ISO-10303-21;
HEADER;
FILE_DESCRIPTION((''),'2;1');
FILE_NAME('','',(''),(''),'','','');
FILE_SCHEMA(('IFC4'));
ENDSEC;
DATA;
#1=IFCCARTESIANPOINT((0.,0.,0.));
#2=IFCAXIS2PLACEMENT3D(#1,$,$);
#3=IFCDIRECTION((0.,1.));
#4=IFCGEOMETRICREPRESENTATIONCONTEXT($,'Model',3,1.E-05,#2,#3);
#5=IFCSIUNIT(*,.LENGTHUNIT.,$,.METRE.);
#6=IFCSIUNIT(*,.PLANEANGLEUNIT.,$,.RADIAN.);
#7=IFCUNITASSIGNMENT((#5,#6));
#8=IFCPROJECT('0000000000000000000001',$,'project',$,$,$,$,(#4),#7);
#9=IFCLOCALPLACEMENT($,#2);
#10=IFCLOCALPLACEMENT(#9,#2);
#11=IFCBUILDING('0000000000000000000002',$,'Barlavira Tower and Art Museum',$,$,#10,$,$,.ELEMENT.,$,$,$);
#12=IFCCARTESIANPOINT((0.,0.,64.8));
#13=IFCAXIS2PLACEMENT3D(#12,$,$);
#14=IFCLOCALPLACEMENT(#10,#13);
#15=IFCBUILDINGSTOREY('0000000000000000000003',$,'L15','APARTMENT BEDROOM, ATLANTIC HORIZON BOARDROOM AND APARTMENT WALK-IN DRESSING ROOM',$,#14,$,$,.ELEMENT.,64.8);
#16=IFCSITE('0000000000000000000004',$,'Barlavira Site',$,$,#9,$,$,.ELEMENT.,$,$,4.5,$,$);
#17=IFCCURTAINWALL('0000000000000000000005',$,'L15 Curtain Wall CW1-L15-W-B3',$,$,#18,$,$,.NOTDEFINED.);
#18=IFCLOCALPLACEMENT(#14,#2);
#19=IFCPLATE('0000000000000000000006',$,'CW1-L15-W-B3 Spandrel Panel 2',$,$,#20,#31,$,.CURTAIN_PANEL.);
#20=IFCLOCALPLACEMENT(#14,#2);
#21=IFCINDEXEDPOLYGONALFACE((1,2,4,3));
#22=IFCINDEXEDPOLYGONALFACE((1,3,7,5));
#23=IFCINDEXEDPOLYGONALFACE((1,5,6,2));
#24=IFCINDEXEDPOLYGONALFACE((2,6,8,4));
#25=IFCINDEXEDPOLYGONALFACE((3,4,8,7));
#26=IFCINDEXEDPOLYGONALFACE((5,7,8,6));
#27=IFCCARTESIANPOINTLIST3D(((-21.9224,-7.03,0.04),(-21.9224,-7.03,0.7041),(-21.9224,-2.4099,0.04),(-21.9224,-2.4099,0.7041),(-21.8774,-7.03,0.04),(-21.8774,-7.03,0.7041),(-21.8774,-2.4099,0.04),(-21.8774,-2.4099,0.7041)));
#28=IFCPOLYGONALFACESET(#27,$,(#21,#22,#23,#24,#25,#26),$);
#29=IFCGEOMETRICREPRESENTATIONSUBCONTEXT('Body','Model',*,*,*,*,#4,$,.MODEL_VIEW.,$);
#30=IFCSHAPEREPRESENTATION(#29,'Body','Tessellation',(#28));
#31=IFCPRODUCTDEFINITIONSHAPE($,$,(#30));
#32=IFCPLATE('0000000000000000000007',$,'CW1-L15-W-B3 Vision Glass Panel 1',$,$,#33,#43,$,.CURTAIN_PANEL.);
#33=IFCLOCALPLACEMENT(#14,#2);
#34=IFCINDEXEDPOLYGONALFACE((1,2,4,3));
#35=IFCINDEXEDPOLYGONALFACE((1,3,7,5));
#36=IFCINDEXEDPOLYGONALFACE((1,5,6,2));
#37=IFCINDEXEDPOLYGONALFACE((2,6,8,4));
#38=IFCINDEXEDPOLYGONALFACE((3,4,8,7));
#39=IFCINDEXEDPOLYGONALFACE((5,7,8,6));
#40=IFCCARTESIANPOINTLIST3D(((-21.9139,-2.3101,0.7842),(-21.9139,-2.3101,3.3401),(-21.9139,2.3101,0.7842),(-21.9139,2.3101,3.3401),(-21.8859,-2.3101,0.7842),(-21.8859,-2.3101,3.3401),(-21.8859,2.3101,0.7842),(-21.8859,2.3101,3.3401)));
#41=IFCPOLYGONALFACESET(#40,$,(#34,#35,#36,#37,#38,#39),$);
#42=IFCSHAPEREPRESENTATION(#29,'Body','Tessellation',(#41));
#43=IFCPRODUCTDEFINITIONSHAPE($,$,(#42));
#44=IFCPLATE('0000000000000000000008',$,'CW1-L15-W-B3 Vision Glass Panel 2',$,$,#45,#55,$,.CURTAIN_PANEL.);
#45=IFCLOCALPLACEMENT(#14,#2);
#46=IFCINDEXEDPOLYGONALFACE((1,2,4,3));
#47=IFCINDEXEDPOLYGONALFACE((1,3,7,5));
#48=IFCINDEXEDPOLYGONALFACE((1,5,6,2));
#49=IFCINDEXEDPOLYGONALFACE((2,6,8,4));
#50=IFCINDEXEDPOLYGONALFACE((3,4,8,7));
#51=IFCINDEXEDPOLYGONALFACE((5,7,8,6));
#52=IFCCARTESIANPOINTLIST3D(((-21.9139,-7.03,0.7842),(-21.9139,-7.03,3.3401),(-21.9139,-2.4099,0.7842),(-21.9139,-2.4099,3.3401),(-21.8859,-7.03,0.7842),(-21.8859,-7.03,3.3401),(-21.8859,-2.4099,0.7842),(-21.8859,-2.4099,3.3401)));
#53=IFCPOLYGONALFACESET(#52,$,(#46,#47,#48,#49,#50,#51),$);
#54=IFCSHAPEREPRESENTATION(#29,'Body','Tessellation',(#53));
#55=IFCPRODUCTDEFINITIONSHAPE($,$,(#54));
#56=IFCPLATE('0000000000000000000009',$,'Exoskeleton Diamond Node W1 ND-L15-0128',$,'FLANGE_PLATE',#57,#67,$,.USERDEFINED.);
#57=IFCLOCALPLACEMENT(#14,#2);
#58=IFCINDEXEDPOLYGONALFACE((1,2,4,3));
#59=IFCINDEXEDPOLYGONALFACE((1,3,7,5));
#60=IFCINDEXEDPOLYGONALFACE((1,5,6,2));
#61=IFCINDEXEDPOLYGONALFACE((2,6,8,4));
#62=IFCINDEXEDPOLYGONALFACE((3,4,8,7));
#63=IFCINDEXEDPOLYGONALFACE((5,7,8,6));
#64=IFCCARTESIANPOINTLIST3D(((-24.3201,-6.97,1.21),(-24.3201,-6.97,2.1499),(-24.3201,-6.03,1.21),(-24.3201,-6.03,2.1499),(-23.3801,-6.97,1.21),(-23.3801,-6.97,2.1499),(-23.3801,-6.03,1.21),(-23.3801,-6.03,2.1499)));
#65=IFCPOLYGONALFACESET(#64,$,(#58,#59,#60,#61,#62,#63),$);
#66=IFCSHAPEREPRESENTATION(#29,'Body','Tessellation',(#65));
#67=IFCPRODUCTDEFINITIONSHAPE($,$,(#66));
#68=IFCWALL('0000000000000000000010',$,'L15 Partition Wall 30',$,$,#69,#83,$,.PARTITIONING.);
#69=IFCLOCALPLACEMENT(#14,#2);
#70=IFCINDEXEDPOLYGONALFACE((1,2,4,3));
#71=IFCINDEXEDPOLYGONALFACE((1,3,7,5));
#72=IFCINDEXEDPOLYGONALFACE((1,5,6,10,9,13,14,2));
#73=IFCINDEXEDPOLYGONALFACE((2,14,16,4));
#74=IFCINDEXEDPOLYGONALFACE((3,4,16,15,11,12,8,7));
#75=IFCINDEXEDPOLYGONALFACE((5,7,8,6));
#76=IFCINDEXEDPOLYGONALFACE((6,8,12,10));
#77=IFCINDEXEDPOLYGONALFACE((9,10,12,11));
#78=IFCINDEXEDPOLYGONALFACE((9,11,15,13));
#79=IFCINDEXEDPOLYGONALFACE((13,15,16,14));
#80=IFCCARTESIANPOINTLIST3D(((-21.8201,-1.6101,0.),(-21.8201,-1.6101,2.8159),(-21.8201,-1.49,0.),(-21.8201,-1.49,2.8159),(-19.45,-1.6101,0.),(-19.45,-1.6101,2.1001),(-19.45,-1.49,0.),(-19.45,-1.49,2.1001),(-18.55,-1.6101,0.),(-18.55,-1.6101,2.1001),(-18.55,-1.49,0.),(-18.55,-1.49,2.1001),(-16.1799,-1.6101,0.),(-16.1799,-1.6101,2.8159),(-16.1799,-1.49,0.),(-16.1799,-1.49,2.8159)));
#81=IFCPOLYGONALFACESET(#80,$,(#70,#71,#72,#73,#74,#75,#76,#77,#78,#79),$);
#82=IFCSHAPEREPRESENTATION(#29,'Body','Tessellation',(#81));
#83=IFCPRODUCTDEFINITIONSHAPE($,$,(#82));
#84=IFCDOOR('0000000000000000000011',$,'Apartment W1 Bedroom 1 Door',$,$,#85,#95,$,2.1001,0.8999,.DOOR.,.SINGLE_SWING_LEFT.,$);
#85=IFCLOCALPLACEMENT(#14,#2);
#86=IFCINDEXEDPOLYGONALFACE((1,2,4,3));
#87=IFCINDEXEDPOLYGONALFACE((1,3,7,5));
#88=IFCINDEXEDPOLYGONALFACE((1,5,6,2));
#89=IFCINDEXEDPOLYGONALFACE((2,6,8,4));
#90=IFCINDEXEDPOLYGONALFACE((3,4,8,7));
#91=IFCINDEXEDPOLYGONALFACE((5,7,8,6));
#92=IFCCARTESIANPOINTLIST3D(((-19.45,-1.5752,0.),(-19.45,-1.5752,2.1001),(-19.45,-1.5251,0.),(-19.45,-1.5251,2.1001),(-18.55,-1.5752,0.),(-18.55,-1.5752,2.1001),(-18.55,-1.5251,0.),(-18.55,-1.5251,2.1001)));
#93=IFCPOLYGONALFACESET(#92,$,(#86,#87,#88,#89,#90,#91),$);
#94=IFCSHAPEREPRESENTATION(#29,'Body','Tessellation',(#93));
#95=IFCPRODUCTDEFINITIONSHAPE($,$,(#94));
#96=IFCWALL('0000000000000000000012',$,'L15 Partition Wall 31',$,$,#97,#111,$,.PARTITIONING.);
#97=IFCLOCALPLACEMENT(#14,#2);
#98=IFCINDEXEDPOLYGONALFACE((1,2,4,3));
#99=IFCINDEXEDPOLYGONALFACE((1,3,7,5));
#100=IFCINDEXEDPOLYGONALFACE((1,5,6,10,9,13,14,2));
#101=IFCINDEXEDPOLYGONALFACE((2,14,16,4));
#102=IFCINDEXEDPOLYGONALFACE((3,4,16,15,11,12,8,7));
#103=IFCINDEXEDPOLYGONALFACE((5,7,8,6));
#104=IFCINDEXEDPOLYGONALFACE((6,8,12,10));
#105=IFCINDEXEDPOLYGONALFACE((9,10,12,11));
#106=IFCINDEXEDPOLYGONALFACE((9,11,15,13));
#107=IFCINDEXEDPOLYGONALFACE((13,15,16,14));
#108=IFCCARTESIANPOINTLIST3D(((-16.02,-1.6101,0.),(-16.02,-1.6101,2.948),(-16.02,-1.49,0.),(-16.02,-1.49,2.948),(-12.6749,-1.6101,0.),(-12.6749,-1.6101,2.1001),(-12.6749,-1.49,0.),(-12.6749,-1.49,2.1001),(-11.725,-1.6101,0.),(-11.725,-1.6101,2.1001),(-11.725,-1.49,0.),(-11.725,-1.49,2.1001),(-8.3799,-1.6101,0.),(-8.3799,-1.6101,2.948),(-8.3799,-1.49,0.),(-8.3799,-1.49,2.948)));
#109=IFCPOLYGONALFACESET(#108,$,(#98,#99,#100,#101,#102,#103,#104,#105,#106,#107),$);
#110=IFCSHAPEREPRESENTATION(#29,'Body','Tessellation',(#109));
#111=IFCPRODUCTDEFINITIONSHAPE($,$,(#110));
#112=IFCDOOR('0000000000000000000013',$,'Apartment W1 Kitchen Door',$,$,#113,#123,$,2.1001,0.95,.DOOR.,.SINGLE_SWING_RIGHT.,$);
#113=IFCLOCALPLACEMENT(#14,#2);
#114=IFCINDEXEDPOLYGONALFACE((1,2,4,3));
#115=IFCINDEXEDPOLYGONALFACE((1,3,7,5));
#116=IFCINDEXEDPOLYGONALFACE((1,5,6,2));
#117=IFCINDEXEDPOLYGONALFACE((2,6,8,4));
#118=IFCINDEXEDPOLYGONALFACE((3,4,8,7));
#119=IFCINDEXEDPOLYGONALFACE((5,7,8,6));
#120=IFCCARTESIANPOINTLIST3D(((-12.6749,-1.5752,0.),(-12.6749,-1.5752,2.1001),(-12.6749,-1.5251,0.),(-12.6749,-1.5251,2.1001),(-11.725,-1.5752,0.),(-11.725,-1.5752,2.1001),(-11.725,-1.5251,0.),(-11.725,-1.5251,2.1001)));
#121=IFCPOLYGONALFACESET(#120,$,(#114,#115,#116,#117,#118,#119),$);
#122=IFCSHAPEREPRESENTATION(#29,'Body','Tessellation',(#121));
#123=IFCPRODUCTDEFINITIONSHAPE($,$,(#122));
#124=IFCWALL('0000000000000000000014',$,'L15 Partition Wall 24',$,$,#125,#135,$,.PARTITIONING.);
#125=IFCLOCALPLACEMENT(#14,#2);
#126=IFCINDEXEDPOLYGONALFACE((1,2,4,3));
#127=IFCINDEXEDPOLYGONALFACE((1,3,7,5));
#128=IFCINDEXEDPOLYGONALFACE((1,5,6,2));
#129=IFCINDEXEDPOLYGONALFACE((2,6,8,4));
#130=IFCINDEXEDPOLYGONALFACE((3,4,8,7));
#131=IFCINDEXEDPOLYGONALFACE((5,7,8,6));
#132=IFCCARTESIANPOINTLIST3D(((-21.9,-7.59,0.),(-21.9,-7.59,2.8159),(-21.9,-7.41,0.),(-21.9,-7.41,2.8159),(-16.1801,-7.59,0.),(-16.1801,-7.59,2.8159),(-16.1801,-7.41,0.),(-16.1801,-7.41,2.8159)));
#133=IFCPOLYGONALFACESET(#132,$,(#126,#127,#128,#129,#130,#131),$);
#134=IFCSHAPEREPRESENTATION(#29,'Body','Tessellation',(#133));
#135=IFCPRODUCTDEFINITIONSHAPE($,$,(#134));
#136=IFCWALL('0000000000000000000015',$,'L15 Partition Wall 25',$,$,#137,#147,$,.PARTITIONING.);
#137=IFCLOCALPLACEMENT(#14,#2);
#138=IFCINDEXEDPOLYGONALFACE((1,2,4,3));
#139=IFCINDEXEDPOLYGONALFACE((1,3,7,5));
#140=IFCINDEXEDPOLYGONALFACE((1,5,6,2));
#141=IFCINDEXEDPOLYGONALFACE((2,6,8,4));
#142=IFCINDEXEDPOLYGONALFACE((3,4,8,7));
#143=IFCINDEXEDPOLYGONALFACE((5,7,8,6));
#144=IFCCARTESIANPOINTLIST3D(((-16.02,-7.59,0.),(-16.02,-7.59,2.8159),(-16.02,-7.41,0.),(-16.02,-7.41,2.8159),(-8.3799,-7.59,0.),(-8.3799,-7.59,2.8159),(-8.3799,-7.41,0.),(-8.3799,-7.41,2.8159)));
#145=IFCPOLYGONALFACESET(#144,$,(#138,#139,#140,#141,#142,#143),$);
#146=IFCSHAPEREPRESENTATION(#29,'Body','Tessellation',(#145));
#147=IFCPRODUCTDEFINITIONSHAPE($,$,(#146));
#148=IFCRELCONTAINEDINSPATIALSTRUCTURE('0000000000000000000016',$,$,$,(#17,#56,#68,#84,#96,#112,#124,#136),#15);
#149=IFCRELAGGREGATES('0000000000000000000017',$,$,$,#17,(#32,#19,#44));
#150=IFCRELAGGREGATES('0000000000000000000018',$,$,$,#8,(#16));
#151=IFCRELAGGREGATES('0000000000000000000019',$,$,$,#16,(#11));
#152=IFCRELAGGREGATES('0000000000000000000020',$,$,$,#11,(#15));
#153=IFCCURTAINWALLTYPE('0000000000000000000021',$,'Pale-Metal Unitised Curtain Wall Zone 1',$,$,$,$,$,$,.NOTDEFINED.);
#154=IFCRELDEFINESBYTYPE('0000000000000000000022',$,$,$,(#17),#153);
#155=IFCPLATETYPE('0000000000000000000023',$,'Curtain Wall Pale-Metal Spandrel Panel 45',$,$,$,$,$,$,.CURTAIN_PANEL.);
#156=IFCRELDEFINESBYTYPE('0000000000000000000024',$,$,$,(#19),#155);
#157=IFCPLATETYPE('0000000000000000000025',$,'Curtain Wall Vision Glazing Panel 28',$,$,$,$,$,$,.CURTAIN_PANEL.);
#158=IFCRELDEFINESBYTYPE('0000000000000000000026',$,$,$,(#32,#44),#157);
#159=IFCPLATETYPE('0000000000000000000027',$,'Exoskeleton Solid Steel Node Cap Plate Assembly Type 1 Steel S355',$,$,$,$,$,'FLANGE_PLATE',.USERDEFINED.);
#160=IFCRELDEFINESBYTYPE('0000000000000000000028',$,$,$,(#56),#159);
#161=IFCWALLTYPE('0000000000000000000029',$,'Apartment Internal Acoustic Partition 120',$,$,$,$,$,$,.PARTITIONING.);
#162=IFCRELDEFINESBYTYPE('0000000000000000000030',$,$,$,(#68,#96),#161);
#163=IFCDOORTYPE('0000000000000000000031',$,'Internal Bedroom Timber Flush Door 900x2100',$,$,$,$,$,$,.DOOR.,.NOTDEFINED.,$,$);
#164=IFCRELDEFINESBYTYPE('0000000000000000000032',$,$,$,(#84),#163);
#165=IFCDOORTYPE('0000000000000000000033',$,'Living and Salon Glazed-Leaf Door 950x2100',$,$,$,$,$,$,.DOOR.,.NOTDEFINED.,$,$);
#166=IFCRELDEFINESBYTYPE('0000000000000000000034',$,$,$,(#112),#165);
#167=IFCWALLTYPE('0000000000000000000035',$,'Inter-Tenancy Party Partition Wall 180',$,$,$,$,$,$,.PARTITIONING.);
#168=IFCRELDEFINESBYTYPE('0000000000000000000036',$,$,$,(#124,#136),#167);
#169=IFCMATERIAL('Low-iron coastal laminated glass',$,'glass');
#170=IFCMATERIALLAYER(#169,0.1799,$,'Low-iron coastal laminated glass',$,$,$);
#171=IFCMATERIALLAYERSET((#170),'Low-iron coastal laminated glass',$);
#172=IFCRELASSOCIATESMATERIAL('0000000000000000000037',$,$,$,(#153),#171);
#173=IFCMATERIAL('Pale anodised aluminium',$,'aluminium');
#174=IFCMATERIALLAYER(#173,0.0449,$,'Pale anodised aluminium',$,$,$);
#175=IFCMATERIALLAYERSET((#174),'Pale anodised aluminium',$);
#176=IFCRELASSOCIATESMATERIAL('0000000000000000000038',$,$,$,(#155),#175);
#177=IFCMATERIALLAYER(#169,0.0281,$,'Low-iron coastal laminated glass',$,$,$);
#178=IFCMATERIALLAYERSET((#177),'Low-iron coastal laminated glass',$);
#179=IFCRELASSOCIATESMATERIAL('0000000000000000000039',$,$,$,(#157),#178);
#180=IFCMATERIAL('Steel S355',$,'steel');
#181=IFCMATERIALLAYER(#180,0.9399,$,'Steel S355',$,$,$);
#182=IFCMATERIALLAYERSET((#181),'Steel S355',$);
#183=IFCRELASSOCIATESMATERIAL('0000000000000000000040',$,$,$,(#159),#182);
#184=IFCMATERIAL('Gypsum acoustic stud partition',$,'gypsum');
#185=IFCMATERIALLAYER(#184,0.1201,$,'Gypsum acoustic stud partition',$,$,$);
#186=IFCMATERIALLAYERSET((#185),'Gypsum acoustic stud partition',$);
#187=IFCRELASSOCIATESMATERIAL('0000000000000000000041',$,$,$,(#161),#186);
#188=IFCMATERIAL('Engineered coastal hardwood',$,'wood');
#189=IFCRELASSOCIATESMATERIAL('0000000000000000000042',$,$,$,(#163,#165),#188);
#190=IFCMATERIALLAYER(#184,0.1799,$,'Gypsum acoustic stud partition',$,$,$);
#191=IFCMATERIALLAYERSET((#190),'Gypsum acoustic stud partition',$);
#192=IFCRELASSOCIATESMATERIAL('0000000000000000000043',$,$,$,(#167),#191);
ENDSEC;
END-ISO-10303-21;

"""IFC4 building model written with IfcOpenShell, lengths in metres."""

from ifc_helpers import new_model, si_unit, direction, frame, frame_2d, origin, origin_2d, place, context, subcontext, project, spatial, rectangle, extrude, material, layer, layer_set, type_object, element, fill, aggregate, save


model = new_model("IFC4")

# Units and contexts
model_context = context("Model", 3, precision=1e-05, world=origin(), true_north=direction((0.0, 1.0)))
body_context = subcontext(model_context, "Body", "Model", "MODEL_VIEW")
ifc_project = project(units=[si_unit("LENGTHUNIT", "METRE"), si_unit("PLANEANGLEUNIT", "RADIAN")], contexts=[model_context])

# Site, building, storey
site_placement = place(None, origin())
site = spatial("IfcSite", under=ifc_project, at=site_placement, Name="Barlavira Site", CompositionType="ELEMENT", RefElevation=4.5)
building_placement = place(site_placement, origin())
building = spatial("IfcBuilding", under=site, at=building_placement, Name="Barlavira Tower and Art Museum", CompositionType="ELEMENT")
storey_placement = place(building_placement, frame((0.0, 0.0, 64.8)))
storey = spatial("IfcBuildingStorey", under=building, at=storey_placement, Name="L15", Description="APARTMENT BEDROOM, ATLANTIC HORIZON BOARDROOM AND APARTMENT WALK-IN DRESSING ROOM", CompositionType="ELEMENT", Elevation=64.8)

# Curtain wall
ifc_material_1 = material(Name="Low-iron coastal laminated glass", Category="glass")
ifc_layer_1 = layer(ifc_material_1, 0.1799, Name="Low-iron coastal laminated glass")
ifc_layer_set_1 = layer_set([ifc_layer_1], Name="Low-iron coastal laminated glass")
curtain_wall_type = type_object("IfcCurtainWallType", Name="Pale-Metal Unitised Curtain Wall Zone 1", PredefinedType="NOTDEFINED", material=ifc_layer_set_1)
curtain_wall_placement = place(storey_placement, origin())
curtain_wall = element("IfcCurtainWall", 1, at=curtain_wall_placement, inside=storey, type_object=curtain_wall_type, Name="L15 Curtain Wall CW1-L15-W-B3", PredefinedType="NOTDEFINED")
ifc_material_2 = material(Name="Pale anodised aluminium", Category="aluminium")

# Shared definitions
ifc_material_3 = material(Name="Steel S355", Category="steel")

# Plates
ifc_layer_2 = layer(ifc_material_2, 0.0449, Name="Pale anodised aluminium")
ifc_layer_set_2 = layer_set([ifc_layer_2], Name="Pale anodised aluminium")
plate_type_1 = type_object("IfcPlateType", Name="Curtain Wall Pale-Metal Spandrel Panel 45", PredefinedType="CURTAIN_PANEL", material=ifc_layer_set_2)
plate_1_placement = place(storey_placement, frame((-21.8999, -4.72, 0.04), z_axis=(0.0, 0.0, 1.0), x_axis=(0.0, -1.0, 0.0)))
plate_1 = element("IfcPlate", 2, at=plate_1_placement, type_object=plate_type_1, Name="CW1-L15-W-B3 Spandrel Panel 2", PredefinedType="CURTAIN_PANEL", context=body_context, shape_type="SweptSolid", body=[
    extrude(rectangle(XDim=4.6201, YDim=0.0449, at=origin_2d()), origin(), (0.0, 0.0, 1.0), 0.6641),
])
ifc_layer_3 = layer(ifc_material_1, 0.0281, Name="Low-iron coastal laminated glass")
ifc_layer_set_3 = layer_set([ifc_layer_3], Name="Low-iron coastal laminated glass")
plate_type_2 = type_object("IfcPlateType", Name="Curtain Wall Vision Glazing Panel 28", PredefinedType="CURTAIN_PANEL", material=ifc_layer_set_3)
plate_2_placement = place(storey_placement, frame((-21.8999, 0.0, 0.7842), z_axis=(0.0, 0.0, 1.0), x_axis=(0.0, -1.0, 0.0)))
plate_2 = element("IfcPlate", 3, at=plate_2_placement, type_object=plate_type_2, Name="CW1-L15-W-B3 Vision Glass Panel 1", PredefinedType="CURTAIN_PANEL", context=body_context, shape_type="SweptSolid", body=[
    extrude(rectangle(XDim=4.6201, YDim=0.0281, at=origin_2d()), origin(), (0.0, 0.0, 1.0), 2.5559),
])
plate_3_placement = place(storey_placement, frame((-21.8999, -4.72, 0.7842), z_axis=(0.0, 0.0, 1.0), x_axis=(0.0, -1.0, 0.0)))
plate_3 = element("IfcPlate", 4, at=plate_3_placement, type_object=plate_type_2, Name="CW1-L15-W-B3 Vision Glass Panel 2", PredefinedType="CURTAIN_PANEL", context=body_context, shape_type="SweptSolid", body=[
    extrude(rectangle(XDim=4.6201, YDim=0.0281, at=origin_2d()), origin(), (0.0, 0.0, 1.0), 2.5559),
])
aggregate(curtain_wall, [plate_2, plate_1, plate_3])
ifc_layer_4 = layer(ifc_material_3, 0.9399, Name="Steel S355")
ifc_layer_set_4 = layer_set([ifc_layer_4], Name="Steel S355")
plate_type_3 = type_object("IfcPlateType", Name="Exoskeleton Solid Steel Node Cap Plate Assembly Type 1 Steel S355", ElementType="FLANGE_PLATE", PredefinedType="USERDEFINED", material=ifc_layer_set_4)
plate_4_placement = place(storey_placement, frame((-23.8501, -6.5, 1.21), z_axis=(0.0, 0.0, 1.0), x_axis=(1.0, 0.0, 0.0)))
element("IfcPlate", 5, at=plate_4_placement, inside=storey, type_object=plate_type_3, Name="Exoskeleton Diamond Node W1 ND-L15-0128", ObjectType="FLANGE_PLATE", PredefinedType="USERDEFINED", context=body_context, shape_type="SweptSolid", body=[
    extrude(rectangle(XDim=0.9399, YDim=0.9399, at=origin_2d()), origin(), (0.0, 0.0, 1.0), 0.9399),
])

# Walls, openings, doors
ifc_material_4 = material(Name="Gypsum acoustic stud partition", Category="gypsum")
ifc_layer_5 = layer(ifc_material_4, 0.1201, Name="Gypsum acoustic stud partition")
ifc_layer_set_5 = layer_set([ifc_layer_5], Name="Gypsum acoustic stud partition")
wall_type_1 = type_object("IfcWallType", Name="Apartment Internal Acoustic Partition 120", PredefinedType="PARTITIONING", material=ifc_layer_set_5)
wall_1_placement = place(storey_placement, frame((-21.8201, -1.55, 0.0), z_axis=(0.0, 0.0, 1.0), x_axis=(1.0, 0.0, 0.0)))
wall_1 = element("IfcWall", 6, at=wall_1_placement, inside=storey, type_object=wall_type_1, Name="L15 Partition Wall 30", PredefinedType="PARTITIONING", context=body_context, shape_type="SweptSolid", body=[
    extrude(rectangle(XDim=5.6401, YDim=0.1201, at=frame_2d((2.8201, 0.0))), origin(), (0.0, 0.0, 1.0), 2.8159),
])
opening_1_placement = place(wall_1_placement, frame((2.3701, 0.0, 0.0)))
opening_1 = element("IfcOpeningElement", 7, at=opening_1_placement, cuts=wall_1, PredefinedType="OPENING", context=body_context, shape_type="SweptSolid", body=[
    extrude(rectangle(XDim=0.8999, YDim=2.1001, at=frame_2d((0.45, 1.05))), frame((0.0, 0.0701, 0.0), z_axis=(0.0, -1.0, 0.0), x_axis=(1.0, 0.0, 0.0)), (0.0, 0.0, 1.0), 0.1401),
])
ifc_material_5 = material(Name="Engineered coastal hardwood", Category="wood")
door_type_1 = type_object("IfcDoorType", Name="Internal Bedroom Timber Flush Door 900x2100", OperationType="NOTDEFINED", PredefinedType="DOOR", material=ifc_material_5)
door_1_placement = place(opening_1_placement, origin())
door_1 = element("IfcDoor", 8, at=door_1_placement, inside=storey, type_object=door_type_1, Name="Apartment W1 Bedroom 1 Door", OperationType="SINGLE_SWING_LEFT", OverallHeight=2.1001, OverallWidth=0.8999, PredefinedType="DOOR", context=body_context, shape_type="SweptSolid", body=[
    extrude(rectangle(XDim=0.8999, YDim=2.1001, at=frame_2d((0.45, 1.05))), frame((0.0, 0.0249, 0.0), z_axis=(0.0, -1.0, 0.0), x_axis=(1.0, 0.0, 0.0)), (0.0, 0.0, 1.0), 0.05),
])
fill(opening_1, door_1)
wall_2_placement = place(storey_placement, frame((-16.02, -1.55, 0.0), z_axis=(0.0, 0.0, 1.0), x_axis=(1.0, 0.0, 0.0)))
wall_2 = element("IfcWall", 9, at=wall_2_placement, inside=storey, type_object=wall_type_1, Name="L15 Partition Wall 31", PredefinedType="PARTITIONING", context=body_context, shape_type="SweptSolid", body=[
    extrude(rectangle(XDim=7.6401, YDim=0.1201, at=frame_2d((3.8201, 0.0))), origin(), (0.0, 0.0, 1.0), 2.948),
])
opening_2_placement = place(wall_2_placement, frame((3.345, 0.0, 0.0)))
opening_2 = element("IfcOpeningElement", 10, at=opening_2_placement, cuts=wall_2, PredefinedType="OPENING", context=body_context, shape_type="SweptSolid", body=[
    extrude(rectangle(XDim=0.95, YDim=2.1001, at=frame_2d((0.4751, 1.05))), frame((0.0, 0.0701, 0.0), z_axis=(0.0, -1.0, 0.0), x_axis=(1.0, 0.0, 0.0)), (0.0, 0.0, 1.0), 0.1401),
])
door_type_2 = type_object("IfcDoorType", Name="Living and Salon Glazed-Leaf Door 950x2100", OperationType="NOTDEFINED", PredefinedType="DOOR", material=ifc_material_5)
door_2_placement = place(opening_2_placement, origin())
door_2 = element("IfcDoor", 11, at=door_2_placement, inside=storey, type_object=door_type_2, Name="Apartment W1 Kitchen Door", OperationType="SINGLE_SWING_RIGHT", OverallHeight=2.1001, OverallWidth=0.95, PredefinedType="DOOR", context=body_context, shape_type="SweptSolid", body=[
    extrude(rectangle(XDim=0.95, YDim=2.1001, at=frame_2d((0.4751, 1.05))), frame((0.0, 0.0249, 0.0), z_axis=(0.0, -1.0, 0.0), x_axis=(1.0, 0.0, 0.0)), (0.0, 0.0, 1.0), 0.05),
])
fill(opening_2, door_2)

# Walls
ifc_layer_6 = layer(ifc_material_4, 0.1799, Name="Gypsum acoustic stud partition")
ifc_layer_set_6 = layer_set([ifc_layer_6], Name="Gypsum acoustic stud partition")
wall_type_2 = type_object("IfcWallType", Name="Inter-Tenancy Party Partition Wall 180", PredefinedType="PARTITIONING", material=ifc_layer_set_6)
wall_3_placement = place(storey_placement, frame((-21.8999, -7.5, 0.0), z_axis=(0.0, 0.0, 1.0), x_axis=(1.0, 0.0, 0.0)))
element("IfcWall", 12, at=wall_3_placement, inside=storey, type_object=wall_type_2, Name="L15 Partition Wall 24", PredefinedType="PARTITIONING", context=body_context, shape_type="SweptSolid", body=[
    extrude(rectangle(XDim=5.72, YDim=0.1799, at=frame_2d((2.8599, 0.0))), origin(), (0.0, 0.0, 1.0), 2.8159),
])
wall_4_placement = place(storey_placement, frame((-16.02, -7.5, 0.0), z_axis=(0.0, 0.0, 1.0), x_axis=(1.0, 0.0, 0.0)))
element("IfcWall", 13, at=wall_4_placement, inside=storey, type_object=wall_type_2, Name="L15 Partition Wall 25", PredefinedType="PARTITIONING", context=body_context, shape_type="SweptSolid", body=[
    extrude(rectangle(XDim=7.6401, YDim=0.1799, at=frame_2d((3.8201, 0.0))), origin(), (0.0, 0.0, 1.0), 2.8159),
])

save(model, "model.ifc")
